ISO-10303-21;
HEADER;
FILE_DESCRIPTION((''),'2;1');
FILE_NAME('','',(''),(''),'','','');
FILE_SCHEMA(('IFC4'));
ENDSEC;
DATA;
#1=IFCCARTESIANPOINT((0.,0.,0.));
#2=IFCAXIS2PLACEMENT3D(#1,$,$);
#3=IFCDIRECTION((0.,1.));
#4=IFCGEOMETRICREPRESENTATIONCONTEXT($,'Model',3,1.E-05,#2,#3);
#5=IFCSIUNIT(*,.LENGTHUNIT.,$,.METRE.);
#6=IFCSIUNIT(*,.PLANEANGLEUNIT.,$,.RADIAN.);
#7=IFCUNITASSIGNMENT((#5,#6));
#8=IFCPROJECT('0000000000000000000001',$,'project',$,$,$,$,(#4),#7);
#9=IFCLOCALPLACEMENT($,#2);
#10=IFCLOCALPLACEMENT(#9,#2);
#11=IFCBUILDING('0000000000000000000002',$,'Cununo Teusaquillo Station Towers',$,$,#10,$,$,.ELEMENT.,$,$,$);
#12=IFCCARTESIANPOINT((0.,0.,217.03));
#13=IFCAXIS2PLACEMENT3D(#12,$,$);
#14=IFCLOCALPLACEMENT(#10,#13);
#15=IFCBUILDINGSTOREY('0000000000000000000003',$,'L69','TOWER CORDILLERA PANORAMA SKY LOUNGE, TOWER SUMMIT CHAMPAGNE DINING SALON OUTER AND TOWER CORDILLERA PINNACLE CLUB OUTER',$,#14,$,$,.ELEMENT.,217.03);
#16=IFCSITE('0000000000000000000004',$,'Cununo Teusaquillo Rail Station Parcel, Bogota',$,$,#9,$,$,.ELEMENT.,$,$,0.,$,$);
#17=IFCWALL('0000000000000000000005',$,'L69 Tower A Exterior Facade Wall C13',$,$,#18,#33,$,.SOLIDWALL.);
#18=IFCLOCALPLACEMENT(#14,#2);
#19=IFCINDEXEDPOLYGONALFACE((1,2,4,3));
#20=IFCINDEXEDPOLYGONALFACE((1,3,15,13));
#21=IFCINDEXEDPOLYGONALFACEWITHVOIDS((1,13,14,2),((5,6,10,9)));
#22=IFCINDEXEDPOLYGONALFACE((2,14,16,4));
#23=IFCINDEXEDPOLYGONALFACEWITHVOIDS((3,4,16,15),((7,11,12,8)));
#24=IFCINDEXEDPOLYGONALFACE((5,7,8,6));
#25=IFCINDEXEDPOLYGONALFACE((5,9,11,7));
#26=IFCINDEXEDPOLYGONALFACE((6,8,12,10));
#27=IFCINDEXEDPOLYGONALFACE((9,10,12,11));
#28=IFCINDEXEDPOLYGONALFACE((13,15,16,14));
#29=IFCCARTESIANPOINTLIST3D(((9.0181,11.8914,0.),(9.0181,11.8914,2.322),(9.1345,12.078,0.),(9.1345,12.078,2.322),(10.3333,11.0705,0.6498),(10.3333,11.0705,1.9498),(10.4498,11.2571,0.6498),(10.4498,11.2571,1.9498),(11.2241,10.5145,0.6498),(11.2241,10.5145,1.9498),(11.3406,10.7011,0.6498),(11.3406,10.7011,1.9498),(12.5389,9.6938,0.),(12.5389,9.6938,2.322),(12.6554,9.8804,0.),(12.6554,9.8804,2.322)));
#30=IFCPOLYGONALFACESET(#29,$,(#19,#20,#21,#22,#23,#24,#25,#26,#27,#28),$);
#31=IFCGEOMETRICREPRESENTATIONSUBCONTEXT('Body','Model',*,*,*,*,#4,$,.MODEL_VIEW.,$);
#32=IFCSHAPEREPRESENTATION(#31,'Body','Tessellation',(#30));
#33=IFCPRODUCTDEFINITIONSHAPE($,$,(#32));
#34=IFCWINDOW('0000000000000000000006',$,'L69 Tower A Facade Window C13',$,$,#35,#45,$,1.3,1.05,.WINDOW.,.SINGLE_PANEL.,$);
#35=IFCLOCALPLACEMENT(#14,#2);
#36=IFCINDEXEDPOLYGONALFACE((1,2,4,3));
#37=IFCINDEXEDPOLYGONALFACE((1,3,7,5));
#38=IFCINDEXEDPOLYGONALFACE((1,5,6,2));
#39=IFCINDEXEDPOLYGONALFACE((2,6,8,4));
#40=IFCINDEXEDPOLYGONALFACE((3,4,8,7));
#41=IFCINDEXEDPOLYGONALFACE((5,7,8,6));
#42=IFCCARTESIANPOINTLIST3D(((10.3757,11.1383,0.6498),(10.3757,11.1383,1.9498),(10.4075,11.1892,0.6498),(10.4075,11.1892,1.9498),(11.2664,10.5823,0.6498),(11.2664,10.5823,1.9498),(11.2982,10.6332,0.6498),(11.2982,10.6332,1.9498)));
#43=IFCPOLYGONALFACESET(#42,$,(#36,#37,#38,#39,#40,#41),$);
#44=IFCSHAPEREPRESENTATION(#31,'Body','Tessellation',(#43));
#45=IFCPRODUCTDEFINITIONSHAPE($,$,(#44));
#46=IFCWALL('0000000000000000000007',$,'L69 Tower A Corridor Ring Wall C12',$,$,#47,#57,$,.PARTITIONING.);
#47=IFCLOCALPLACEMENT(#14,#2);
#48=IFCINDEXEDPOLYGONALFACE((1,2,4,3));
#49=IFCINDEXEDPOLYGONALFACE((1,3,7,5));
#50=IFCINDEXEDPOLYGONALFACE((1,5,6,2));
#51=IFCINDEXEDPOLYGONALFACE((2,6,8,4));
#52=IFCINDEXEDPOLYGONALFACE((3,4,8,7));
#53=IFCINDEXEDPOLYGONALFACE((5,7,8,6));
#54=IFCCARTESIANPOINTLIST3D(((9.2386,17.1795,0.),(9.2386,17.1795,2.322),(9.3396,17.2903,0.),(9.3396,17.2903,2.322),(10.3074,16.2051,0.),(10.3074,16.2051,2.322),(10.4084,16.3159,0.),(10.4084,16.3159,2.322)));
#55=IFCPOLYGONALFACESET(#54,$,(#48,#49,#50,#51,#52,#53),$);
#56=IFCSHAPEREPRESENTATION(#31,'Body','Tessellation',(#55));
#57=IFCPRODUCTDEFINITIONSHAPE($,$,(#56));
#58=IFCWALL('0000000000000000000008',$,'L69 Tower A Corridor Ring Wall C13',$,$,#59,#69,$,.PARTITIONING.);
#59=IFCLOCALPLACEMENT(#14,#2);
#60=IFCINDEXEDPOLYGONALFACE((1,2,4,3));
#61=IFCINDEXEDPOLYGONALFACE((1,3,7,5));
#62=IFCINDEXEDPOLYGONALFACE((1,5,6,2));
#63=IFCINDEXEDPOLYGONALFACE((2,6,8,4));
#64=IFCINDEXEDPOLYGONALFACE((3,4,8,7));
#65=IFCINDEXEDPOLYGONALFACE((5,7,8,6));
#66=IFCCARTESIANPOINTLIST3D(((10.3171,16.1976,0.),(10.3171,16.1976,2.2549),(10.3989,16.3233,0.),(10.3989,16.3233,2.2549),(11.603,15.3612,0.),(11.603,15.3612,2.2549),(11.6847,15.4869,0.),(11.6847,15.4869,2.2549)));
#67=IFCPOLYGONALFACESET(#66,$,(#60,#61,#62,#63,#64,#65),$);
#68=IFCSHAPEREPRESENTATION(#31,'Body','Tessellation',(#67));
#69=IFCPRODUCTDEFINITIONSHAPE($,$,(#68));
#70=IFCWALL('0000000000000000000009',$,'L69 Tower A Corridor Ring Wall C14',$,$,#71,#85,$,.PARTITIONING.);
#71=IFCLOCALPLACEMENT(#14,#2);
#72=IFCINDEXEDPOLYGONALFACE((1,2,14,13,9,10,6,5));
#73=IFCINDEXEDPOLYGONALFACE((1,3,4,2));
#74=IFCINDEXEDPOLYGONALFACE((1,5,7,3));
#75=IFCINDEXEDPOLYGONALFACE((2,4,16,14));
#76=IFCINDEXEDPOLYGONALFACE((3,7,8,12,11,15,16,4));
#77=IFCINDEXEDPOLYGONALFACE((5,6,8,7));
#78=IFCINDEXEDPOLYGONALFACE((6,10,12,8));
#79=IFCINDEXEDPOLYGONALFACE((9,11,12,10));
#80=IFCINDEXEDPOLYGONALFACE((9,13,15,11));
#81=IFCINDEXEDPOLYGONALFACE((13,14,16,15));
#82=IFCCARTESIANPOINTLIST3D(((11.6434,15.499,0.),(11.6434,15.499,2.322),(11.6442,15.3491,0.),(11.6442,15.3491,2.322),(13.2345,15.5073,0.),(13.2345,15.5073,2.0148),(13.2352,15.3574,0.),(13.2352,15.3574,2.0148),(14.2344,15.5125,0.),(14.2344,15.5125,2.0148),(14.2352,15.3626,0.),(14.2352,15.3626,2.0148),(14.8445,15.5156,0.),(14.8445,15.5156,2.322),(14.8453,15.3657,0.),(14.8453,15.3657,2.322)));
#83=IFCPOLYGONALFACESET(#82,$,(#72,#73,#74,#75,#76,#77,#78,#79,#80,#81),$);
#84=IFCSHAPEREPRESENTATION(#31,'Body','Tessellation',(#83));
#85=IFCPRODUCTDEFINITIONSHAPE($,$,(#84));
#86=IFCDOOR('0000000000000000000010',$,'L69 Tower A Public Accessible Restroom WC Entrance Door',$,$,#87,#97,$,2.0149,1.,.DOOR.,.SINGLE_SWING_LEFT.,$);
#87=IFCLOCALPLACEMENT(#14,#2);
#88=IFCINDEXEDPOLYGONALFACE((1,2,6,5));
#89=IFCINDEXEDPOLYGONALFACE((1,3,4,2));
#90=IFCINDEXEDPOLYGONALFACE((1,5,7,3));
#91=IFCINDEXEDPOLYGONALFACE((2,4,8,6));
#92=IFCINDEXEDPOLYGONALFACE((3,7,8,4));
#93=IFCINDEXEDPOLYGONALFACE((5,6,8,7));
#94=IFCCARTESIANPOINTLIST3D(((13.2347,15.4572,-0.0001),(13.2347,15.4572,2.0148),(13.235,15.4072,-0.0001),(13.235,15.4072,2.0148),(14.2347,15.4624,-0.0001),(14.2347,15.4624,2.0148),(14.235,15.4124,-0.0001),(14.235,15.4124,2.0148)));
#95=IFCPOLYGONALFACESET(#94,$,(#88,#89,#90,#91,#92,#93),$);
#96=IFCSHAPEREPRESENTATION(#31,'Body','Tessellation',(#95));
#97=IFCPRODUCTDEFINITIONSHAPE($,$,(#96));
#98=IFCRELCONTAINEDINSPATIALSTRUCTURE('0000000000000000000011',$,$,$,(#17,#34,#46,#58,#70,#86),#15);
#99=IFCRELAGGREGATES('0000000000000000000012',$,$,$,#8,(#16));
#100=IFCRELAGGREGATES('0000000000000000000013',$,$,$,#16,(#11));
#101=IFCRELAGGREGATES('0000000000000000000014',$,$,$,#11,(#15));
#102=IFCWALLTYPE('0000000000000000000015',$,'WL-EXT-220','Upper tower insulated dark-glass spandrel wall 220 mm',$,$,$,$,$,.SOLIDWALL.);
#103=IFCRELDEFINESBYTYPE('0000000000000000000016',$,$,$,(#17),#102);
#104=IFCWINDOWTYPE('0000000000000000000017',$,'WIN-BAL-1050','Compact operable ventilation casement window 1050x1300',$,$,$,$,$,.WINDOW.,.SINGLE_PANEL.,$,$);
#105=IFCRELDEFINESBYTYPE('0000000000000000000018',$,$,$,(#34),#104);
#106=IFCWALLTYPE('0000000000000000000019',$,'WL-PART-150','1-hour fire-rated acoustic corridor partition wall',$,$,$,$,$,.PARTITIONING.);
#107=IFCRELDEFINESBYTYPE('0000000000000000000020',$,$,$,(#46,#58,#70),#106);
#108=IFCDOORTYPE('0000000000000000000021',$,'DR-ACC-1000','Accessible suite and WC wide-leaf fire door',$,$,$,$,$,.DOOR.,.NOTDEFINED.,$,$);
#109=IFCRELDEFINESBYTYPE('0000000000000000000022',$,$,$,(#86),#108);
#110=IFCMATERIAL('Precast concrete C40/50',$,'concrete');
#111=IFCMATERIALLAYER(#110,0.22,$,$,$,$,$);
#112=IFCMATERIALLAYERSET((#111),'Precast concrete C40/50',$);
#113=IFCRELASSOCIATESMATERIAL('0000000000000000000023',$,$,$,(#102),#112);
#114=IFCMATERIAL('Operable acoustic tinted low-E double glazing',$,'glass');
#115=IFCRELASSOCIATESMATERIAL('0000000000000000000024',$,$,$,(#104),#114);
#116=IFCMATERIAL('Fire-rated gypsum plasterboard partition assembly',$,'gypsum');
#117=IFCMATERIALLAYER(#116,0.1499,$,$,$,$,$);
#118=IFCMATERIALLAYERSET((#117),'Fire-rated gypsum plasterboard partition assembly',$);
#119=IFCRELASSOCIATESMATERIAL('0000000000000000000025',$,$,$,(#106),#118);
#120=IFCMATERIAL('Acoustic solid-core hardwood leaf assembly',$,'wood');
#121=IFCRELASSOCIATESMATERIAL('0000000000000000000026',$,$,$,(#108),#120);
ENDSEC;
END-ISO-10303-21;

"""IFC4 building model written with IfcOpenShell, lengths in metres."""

from ifc_helpers import new_model, si_unit, direction, frame, frame_2d, origin, place, context, subcontext, project, spatial, rectangle, extrude, source, transform, mapped, material, layer, layer_set, type_object, element, fill, save


model = new_model("IFC4")

# Units and contexts
model_context = context("Model", 3, precision=1e-05, world=origin(), true_north=direction((0.0, 1.0)))
body_context = subcontext(model_context, "Body", "Model", "MODEL_VIEW")
ifc_project = project(units=[si_unit("LENGTHUNIT", "METRE"), si_unit("PLANEANGLEUNIT", "RADIAN")], contexts=[model_context])

# Site, building, storey
site_placement = place(None, origin())
site = spatial("IfcSite", under=ifc_project, at=site_placement, Name="Cununo Teusaquillo Rail Station Parcel, Bogota", CompositionType="ELEMENT", RefElevation=0.0)
building_placement = place(site_placement, origin())
building = spatial("IfcBuilding", under=site, at=building_placement, Name="Cununo Teusaquillo Station Towers", CompositionType="ELEMENT")
storey_placement = place(building_placement, frame((0.0, 0.0, 217.03)))
storey = spatial("IfcBuildingStorey", under=building, at=storey_placement, Name="L69", Description="TOWER CORDILLERA PANORAMA SKY LOUNGE, TOWER SUMMIT CHAMPAGNE DINING SALON OUTER AND TOWER CORDILLERA PINNACLE CLUB OUTER", CompositionType="ELEMENT", Elevation=217.03)

# Shared definitions
ifc_material_1 = material(Name="Precast concrete C40/50", Category="concrete")
ifc_layer_1 = layer(ifc_material_1, 0.22)
ifc_layer_set_1 = layer_set([ifc_layer_1], Name="Precast concrete C40/50")
wall_type_1 = type_object("IfcWallType", Name="WL-EXT-220", Description="Upper tower insulated dark-glass spandrel wall 220 mm", PredefinedType="SOLIDWALL", material=ifc_layer_set_1)
shared_shape_1 = source(origin(), body_context, "Body", "SweptSolid", [
    extrude(rectangle(XDim=1.05, YDim=1.3, at=frame_2d((0.5249, 0.6499))), frame((0.0, 0.1199, 0.0), z_axis=(0.0, -1.0, 0.0), x_axis=(1.0, 0.0, 0.0)), (0.0, 0.0, 1.0), 0.24),
])
ifc_material_2 = material(Name="Operable acoustic tinted low-E double glazing", Category="glass")
window_type = type_object("IfcWindowType", Name="WIN-BAL-1050", Description="Compact operable ventilation casement window 1050x1300", PartitioningType="SINGLE_PANEL", PredefinedType="WINDOW", material=ifc_material_2)
shared_shape_2 = source(origin(), body_context, "Body", "SweptSolid", [
    extrude(rectangle(XDim=1.05, YDim=1.3, at=frame_2d((0.5249, 0.6499))), frame((0.0, 0.03, 0.0), z_axis=(0.0, -1.0, 0.0), x_axis=(1.0, 0.0, 0.0)), (0.0, 0.0, 1.0), 0.0601),
])

# Wall, opening, window
wall_1_placement = place(storey_placement, frame((12.5972, 9.7871, 0.0), z_axis=(0.0, 0.0, 1.0), x_axis=(-0.848319, 0.529486, 0.0)))
wall_1 = element("IfcWall", 1, at=wall_1_placement, inside=storey, type_object=wall_type_1, Name="L69 Tower A Exterior Facade Wall C13", PredefinedType="SOLIDWALL", context=body_context, shape_type="SweptSolid", body=[
    extrude(rectangle(XDim=4.1504, YDim=0.22, at=frame_2d((2.0752, 0.0))), origin(), (0.0, 0.0, 1.0), 2.322),
])
opening_1_placement = place(wall_1_placement, frame((1.55, 0.0, 0.6499)))
opening_1 = element("IfcOpeningElement", 2, at=opening_1_placement, cuts=wall_1, PredefinedType="OPENING", context=body_context, shape_type="MappedRepresentation", body=[
    mapped(shared_shape_1, transform((0.0, 0.0, 0.0), x_axis=(1.0, 0.0, 0.0), y_axis=(0.0, 1.0, 0.0), z_axis=(0.0, 0.0, 1.0), scale=1.0)),
])
window_1_placement = place(opening_1_placement, origin())
window_1 = element("IfcWindow", 3, at=window_1_placement, inside=storey, type_object=window_type, Name="L69 Tower A Facade Window C13", OverallHeight=1.3, OverallWidth=1.05, PartitioningType="SINGLE_PANEL", PredefinedType="WINDOW", context=body_context, shape_type="MappedRepresentation", body=[
    mapped(shared_shape_2, transform((0.0, 0.0, 0.0), x_axis=(1.0, 0.0, 0.0), y_axis=(0.0, 1.0, 0.0), z_axis=(0.0, 0.0, 1.0), scale=1.0)),
])
fill(opening_1, window_1)

# Walls
ifc_material_3 = material(Name="Fire-rated gypsum plasterboard partition assembly", Category="gypsum")
ifc_layer_2 = layer(ifc_material_3, 0.1499)
ifc_layer_set_2 = layer_set([ifc_layer_2], Name="Fire-rated gypsum plasterboard partition assembly")
wall_type_2 = type_object("IfcWallType", Name="WL-PART-150", Description="1-hour fire-rated acoustic corridor partition wall", PredefinedType="PARTITIONING", material=ifc_layer_set_2)
wall_2_placement = place(storey_placement, frame((9.2891, 17.2349, 0.0), z_axis=(0.0, 0.0, 1.0), x_axis=(0.739015, -0.673689, 0.0)))
element("IfcWall", 4, at=wall_2_placement, inside=storey, type_object=wall_type_2, Name="L69 Tower A Corridor Ring Wall C12", PredefinedType="PARTITIONING", context=body_context, shape_type="SweptSolid", body=[
    extrude(rectangle(XDim=1.4463, YDim=0.1499, at=frame_2d((0.7231, 0.0))), origin(), (0.0, 0.0, 1.0), 2.322),
])
wall_3_placement = place(storey_placement, frame((10.3579, 16.2605, 0.0), z_axis=(0.0, 0.0, 1.0), x_axis=(0.838265, -0.545262, 0.0)))
element("IfcWall", 5, at=wall_3_placement, inside=storey, type_object=wall_type_2, Name="L69 Tower A Corridor Ring Wall C13", PredefinedType="PARTITIONING", context=body_context, shape_type="SweptSolid", body=[
    extrude(rectangle(XDim=1.5339, YDim=0.1499, at=frame_2d((0.7671, 0.0))), origin(), (0.0, 0.0, 1.0), 2.2549),
])

# Wall, opening, door
wall_4_placement = place(storey_placement, frame((11.6438, 15.4241, 0.0), z_axis=(0.0, 0.0, 1.0), x_axis=(0.999987, 0.005186, 0.0)))
wall_4 = element("IfcWall", 6, at=wall_4_placement, inside=storey, type_object=wall_type_2, Name="L69 Tower A Corridor Ring Wall C14", PredefinedType="PARTITIONING", context=body_context, shape_type="SweptSolid", body=[
    extrude(rectangle(XDim=3.2012, YDim=0.1499, at=frame_2d((1.6006, 0.0))), origin(), (0.0, 0.0, 1.0), 2.322),
])
shared_shape_3 = source(origin(), body_context, "Body", "SweptSolid", [
    extrude(rectangle(XDim=1.0, YDim=2.0149, at=frame_2d((0.5, 1.0073))), frame((0.0, 0.085, 0.0), z_axis=(0.0, -1.0, 0.0), x_axis=(1.0, 0.0, 0.0)), (0.0, 0.0, 1.0), 0.1699),
])
opening_2_placement = place(wall_4_placement, frame((1.5911, 0.0, 0.0)))
opening_2 = element("IfcOpeningElement", 7, at=opening_2_placement, cuts=wall_4, PredefinedType="OPENING", context=body_context, shape_type="MappedRepresentation", body=[
    mapped(shared_shape_3, transform((0.0, 0.0, 0.0), x_axis=(1.0, 0.0, 0.0), y_axis=(0.0, 1.0, 0.0), z_axis=(0.0, 0.0, 1.0), scale=1.0)),
])
ifc_material_4 = material(Name="Acoustic solid-core hardwood leaf assembly", Category="wood")
door_type = type_object("IfcDoorType", Name="DR-ACC-1000", Description="Accessible suite and WC wide-leaf fire door", OperationType="NOTDEFINED", PredefinedType="DOOR", material=ifc_material_4)
shared_shape_4 = source(origin(), body_context, "Body", "SweptSolid", [
    extrude(rectangle(XDim=1.0, YDim=2.0149, at=frame_2d((0.5, 1.0073))), frame((0.0, 0.0249, 0.0), z_axis=(0.0, -1.0, 0.0), x_axis=(1.0, 0.0, 0.0)), (0.0, 0.0, 1.0), 0.05),
])
door_placement = place(opening_2_placement, origin())
door = element("IfcDoor", 8, at=door_placement, inside=storey, type_object=door_type, Name="L69 Tower A Public Accessible Restroom WC Entrance Door", OperationType="SINGLE_SWING_LEFT", OverallHeight=2.0149, OverallWidth=1.0, PredefinedType="DOOR", context=body_context, shape_type="MappedRepresentation", body=[
    mapped(shared_shape_4, transform((0.0, 0.0, 0.0), x_axis=(1.0, 0.0, 0.0), y_axis=(0.0, 1.0, 0.0), z_axis=(0.0, 0.0, 1.0), scale=1.0)),
])
fill(opening_2, door)

save(model, "model.ifc")
